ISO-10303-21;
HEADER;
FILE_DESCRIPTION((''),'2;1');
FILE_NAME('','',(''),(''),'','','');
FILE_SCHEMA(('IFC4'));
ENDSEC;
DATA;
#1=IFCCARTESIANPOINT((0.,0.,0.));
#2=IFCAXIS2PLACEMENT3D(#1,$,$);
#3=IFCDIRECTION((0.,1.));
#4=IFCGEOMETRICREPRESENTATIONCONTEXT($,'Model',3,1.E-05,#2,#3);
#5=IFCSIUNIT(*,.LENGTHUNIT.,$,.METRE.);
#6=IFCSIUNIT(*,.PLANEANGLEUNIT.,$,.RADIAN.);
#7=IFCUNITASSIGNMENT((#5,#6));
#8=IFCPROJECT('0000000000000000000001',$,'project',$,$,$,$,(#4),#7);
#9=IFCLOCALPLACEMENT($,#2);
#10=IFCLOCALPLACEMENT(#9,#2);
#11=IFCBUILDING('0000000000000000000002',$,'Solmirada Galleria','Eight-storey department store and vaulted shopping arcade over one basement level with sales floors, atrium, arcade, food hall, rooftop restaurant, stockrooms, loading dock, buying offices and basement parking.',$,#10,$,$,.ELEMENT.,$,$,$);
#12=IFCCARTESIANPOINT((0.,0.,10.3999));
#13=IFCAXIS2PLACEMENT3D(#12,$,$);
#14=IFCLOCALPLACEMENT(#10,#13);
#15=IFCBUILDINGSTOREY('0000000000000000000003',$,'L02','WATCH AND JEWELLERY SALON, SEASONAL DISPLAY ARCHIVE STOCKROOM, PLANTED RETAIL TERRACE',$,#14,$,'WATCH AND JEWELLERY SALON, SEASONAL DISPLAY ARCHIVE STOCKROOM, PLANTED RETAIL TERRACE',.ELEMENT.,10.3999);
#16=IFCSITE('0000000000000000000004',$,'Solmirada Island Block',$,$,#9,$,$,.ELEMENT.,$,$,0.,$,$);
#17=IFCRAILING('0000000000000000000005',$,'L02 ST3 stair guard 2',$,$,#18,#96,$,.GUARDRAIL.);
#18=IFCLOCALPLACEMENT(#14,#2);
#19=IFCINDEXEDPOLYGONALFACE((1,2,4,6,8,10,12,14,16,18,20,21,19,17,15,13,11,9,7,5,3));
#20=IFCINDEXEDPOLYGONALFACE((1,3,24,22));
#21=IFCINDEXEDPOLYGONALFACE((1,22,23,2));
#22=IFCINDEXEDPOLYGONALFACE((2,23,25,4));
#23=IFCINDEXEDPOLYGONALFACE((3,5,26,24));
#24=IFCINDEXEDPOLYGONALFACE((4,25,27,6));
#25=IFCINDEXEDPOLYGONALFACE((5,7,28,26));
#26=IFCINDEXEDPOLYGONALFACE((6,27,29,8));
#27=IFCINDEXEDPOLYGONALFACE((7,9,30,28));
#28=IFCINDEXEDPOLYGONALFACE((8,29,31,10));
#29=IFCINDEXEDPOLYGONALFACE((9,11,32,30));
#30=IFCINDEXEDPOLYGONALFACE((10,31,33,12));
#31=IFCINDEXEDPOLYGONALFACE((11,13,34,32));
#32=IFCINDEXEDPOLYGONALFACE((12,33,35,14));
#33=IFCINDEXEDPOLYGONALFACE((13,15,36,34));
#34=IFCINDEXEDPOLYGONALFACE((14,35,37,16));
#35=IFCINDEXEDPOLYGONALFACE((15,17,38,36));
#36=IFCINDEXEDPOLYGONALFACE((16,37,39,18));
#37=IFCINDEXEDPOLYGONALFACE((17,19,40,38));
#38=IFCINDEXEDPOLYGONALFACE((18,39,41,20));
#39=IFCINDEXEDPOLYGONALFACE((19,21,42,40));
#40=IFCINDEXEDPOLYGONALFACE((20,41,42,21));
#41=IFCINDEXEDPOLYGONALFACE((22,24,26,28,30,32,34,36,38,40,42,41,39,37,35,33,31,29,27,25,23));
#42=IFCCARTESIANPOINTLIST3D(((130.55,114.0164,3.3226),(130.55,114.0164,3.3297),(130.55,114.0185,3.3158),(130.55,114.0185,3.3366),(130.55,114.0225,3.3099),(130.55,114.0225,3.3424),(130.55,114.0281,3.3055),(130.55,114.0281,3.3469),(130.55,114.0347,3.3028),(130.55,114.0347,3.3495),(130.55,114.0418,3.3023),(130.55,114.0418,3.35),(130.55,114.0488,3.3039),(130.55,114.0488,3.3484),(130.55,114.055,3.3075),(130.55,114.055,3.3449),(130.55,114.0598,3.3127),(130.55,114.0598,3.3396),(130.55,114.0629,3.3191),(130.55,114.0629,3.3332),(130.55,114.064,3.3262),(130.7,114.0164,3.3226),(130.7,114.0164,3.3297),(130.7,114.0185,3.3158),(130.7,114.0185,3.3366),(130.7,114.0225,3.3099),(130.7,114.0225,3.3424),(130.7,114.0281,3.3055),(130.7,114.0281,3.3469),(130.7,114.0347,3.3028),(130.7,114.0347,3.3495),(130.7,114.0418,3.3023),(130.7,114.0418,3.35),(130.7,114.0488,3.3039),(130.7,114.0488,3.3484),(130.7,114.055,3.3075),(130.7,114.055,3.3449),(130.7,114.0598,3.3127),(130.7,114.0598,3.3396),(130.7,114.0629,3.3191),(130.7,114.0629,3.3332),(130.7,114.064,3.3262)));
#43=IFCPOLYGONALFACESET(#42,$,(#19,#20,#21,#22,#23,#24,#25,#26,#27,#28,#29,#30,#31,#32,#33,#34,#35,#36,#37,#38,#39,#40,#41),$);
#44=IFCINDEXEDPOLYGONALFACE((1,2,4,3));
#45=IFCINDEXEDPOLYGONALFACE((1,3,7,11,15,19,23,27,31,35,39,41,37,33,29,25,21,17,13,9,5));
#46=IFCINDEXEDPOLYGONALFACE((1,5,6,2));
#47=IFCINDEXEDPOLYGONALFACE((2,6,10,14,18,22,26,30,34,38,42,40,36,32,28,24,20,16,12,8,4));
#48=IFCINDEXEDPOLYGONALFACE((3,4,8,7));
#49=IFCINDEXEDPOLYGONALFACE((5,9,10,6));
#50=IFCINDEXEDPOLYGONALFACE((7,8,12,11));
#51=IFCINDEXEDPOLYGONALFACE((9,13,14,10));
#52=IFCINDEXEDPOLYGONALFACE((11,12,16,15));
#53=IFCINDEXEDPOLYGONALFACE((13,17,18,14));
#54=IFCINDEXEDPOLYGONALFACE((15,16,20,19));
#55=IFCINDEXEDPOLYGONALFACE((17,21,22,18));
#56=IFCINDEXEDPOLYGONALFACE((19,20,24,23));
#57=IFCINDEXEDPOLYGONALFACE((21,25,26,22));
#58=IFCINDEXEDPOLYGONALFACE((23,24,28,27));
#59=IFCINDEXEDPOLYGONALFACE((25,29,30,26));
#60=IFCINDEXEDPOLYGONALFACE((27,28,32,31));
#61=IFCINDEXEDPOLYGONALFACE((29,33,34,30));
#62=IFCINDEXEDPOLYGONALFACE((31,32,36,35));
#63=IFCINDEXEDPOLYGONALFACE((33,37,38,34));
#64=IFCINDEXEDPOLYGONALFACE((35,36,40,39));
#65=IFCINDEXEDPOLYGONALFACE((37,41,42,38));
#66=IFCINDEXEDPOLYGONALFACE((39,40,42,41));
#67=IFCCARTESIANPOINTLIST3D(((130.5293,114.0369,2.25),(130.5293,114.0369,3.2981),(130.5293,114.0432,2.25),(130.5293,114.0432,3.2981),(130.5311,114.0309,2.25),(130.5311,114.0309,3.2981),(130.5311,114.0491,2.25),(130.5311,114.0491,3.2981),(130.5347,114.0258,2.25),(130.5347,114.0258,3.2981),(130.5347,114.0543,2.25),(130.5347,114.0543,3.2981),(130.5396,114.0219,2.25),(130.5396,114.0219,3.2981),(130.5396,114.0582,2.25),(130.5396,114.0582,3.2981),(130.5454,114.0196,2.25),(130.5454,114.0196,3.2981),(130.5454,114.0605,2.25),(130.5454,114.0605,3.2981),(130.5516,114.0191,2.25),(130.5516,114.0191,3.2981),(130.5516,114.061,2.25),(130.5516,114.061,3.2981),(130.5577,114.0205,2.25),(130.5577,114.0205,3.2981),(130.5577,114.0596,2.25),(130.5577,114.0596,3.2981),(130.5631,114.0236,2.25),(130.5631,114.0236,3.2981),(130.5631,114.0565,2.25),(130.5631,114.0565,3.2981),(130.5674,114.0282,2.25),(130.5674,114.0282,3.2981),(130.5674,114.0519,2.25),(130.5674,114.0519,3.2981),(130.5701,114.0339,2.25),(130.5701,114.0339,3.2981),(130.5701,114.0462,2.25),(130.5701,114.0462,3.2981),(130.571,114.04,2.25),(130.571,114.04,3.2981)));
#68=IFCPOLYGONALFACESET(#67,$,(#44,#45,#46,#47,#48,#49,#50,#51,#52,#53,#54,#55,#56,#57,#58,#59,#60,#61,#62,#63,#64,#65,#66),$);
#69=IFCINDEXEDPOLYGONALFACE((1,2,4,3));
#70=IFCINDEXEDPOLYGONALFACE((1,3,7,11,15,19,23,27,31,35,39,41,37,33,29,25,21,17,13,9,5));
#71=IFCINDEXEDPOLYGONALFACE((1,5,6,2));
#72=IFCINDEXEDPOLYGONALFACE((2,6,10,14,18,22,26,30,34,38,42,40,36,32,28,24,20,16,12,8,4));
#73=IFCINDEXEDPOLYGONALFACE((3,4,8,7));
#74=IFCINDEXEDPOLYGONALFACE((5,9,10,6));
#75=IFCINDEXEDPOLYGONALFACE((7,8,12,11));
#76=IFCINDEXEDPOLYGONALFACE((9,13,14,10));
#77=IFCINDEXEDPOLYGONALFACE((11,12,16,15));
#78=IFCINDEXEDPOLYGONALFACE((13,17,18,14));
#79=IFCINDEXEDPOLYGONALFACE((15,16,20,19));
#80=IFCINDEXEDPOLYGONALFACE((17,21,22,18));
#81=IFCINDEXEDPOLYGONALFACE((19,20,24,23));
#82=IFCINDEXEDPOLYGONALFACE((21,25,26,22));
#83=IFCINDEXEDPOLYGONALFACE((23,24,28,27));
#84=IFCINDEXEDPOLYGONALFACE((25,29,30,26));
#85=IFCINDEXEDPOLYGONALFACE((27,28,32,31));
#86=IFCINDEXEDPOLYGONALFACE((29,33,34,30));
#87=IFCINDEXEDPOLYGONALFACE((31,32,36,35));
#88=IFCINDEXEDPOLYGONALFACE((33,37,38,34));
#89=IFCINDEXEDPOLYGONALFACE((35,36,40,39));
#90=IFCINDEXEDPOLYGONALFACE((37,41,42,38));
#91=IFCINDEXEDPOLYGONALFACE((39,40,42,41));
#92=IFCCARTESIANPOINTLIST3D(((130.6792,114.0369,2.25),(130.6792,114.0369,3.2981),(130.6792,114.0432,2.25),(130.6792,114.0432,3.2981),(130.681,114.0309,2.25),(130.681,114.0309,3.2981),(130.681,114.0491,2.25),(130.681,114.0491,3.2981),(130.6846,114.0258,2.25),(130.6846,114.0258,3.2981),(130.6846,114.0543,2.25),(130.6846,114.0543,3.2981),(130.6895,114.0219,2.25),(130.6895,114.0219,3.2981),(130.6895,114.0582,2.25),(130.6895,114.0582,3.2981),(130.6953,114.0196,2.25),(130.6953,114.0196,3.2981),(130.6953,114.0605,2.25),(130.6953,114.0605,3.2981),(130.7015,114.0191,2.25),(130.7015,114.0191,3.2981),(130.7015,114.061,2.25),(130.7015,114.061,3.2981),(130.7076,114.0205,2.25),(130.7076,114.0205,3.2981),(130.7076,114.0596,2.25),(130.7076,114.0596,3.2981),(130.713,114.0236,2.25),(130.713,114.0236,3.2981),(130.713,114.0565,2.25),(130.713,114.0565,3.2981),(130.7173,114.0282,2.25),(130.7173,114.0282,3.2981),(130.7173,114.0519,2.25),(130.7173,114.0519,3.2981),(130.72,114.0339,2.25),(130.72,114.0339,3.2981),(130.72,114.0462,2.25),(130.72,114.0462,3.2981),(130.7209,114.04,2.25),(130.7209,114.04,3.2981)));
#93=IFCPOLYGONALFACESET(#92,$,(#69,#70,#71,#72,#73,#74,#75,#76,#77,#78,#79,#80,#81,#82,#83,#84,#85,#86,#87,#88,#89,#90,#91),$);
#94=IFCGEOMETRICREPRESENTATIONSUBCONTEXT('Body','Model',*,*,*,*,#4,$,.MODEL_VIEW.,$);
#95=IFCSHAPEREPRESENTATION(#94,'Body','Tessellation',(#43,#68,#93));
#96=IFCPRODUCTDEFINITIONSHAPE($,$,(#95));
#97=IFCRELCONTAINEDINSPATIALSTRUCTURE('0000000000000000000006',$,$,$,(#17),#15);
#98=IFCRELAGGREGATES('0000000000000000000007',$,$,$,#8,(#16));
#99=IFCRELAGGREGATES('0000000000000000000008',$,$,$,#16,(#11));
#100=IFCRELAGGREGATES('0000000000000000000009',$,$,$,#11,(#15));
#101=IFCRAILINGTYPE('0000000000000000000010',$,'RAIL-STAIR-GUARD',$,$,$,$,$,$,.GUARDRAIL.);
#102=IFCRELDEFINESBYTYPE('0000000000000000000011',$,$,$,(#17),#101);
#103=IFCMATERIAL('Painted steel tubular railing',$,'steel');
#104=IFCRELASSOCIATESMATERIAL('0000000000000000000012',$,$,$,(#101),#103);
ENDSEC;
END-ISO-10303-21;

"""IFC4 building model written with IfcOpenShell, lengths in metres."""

from ifc_helpers import new_model, si_unit, direction, frame, origin, origin_2d, place, context, subcontext, project, spatial, circle, extrude, material, type_object, element, save


model = new_model("IFC4")

# Units and contexts
model_context = context("Model", 3, precision=1e-05, world=origin(), true_north=direction((0.0, 1.0)))
body_context = subcontext(model_context, "Body", "Model", "MODEL_VIEW")
ifc_project = project(units=[si_unit("LENGTHUNIT", "METRE"), si_unit("PLANEANGLEUNIT", "RADIAN")], contexts=[model_context])

# Site, building, storey
site_placement = place(None, origin())
site = spatial("IfcSite", under=ifc_project, at=site_placement, Name="Solmirada Island Block", CompositionType="ELEMENT", RefElevation=0.0)
building_placement = place(site_placement, origin())
building = spatial("IfcBuilding", under=site, at=building_placement, Name="Solmirada Galleria", Description="Eight-storey department store and vaulted shopping arcade over one basement level with sales floors, atrium, arcade, food hall, rooftop restaurant, stockrooms, loading dock, buying offices and basement parking.", CompositionType="ELEMENT")
storey_placement = place(building_placement, frame((0.0, 0.0, 10.3999)))
storey = spatial("IfcBuildingStorey", under=building, at=storey_placement, Name="L02", Description="WATCH AND JEWELLERY SALON, SEASONAL DISPLAY ARCHIVE STOCKROOM, PLANTED RETAIL TERRACE", LongName="WATCH AND JEWELLERY SALON, SEASONAL DISPLAY ARCHIVE STOCKROOM, PLANTED RETAIL TERRACE", CompositionType="ELEMENT", Elevation=10.3999)

# Railing
ifc_material_1 = material(Name="Painted steel tubular railing", Category="steel")
railing_type_1 = type_object("IfcRailingType", Name="RAIL-STAIR-GUARD", PredefinedType="GUARDRAIL", material=ifc_material_1)
railing_1_placement = place(storey_placement, frame((130.55, 114.04, 2.25)))
element("IfcRailing", 1, at=railing_1_placement, inside=storey, type_object=railing_type_1, Name="L02 ST3 stair guard 2", PredefinedType="GUARDRAIL", context=body_context, shape_type="SweptSolid", body=[
    extrude(circle(Radius=0.0239, at=origin_2d()), frame((0.0, 0.0, 1.0762), z_axis=(1.0, 0.0, 0.0), x_axis=(0.0, 1.0, 0.0)), (0.0, 0.0, 1.0), 0.1499),
    extrude(circle(Radius=0.021, at=origin_2d()), origin(), (0.0, 0.0, 1.0), 1.0481),
    extrude(circle(Radius=0.021, at=origin_2d()), frame((0.1499, 0.0, 0.0)), (0.0, 0.0, 1.0), 1.0481),
])

save(model, "model.ifc")
